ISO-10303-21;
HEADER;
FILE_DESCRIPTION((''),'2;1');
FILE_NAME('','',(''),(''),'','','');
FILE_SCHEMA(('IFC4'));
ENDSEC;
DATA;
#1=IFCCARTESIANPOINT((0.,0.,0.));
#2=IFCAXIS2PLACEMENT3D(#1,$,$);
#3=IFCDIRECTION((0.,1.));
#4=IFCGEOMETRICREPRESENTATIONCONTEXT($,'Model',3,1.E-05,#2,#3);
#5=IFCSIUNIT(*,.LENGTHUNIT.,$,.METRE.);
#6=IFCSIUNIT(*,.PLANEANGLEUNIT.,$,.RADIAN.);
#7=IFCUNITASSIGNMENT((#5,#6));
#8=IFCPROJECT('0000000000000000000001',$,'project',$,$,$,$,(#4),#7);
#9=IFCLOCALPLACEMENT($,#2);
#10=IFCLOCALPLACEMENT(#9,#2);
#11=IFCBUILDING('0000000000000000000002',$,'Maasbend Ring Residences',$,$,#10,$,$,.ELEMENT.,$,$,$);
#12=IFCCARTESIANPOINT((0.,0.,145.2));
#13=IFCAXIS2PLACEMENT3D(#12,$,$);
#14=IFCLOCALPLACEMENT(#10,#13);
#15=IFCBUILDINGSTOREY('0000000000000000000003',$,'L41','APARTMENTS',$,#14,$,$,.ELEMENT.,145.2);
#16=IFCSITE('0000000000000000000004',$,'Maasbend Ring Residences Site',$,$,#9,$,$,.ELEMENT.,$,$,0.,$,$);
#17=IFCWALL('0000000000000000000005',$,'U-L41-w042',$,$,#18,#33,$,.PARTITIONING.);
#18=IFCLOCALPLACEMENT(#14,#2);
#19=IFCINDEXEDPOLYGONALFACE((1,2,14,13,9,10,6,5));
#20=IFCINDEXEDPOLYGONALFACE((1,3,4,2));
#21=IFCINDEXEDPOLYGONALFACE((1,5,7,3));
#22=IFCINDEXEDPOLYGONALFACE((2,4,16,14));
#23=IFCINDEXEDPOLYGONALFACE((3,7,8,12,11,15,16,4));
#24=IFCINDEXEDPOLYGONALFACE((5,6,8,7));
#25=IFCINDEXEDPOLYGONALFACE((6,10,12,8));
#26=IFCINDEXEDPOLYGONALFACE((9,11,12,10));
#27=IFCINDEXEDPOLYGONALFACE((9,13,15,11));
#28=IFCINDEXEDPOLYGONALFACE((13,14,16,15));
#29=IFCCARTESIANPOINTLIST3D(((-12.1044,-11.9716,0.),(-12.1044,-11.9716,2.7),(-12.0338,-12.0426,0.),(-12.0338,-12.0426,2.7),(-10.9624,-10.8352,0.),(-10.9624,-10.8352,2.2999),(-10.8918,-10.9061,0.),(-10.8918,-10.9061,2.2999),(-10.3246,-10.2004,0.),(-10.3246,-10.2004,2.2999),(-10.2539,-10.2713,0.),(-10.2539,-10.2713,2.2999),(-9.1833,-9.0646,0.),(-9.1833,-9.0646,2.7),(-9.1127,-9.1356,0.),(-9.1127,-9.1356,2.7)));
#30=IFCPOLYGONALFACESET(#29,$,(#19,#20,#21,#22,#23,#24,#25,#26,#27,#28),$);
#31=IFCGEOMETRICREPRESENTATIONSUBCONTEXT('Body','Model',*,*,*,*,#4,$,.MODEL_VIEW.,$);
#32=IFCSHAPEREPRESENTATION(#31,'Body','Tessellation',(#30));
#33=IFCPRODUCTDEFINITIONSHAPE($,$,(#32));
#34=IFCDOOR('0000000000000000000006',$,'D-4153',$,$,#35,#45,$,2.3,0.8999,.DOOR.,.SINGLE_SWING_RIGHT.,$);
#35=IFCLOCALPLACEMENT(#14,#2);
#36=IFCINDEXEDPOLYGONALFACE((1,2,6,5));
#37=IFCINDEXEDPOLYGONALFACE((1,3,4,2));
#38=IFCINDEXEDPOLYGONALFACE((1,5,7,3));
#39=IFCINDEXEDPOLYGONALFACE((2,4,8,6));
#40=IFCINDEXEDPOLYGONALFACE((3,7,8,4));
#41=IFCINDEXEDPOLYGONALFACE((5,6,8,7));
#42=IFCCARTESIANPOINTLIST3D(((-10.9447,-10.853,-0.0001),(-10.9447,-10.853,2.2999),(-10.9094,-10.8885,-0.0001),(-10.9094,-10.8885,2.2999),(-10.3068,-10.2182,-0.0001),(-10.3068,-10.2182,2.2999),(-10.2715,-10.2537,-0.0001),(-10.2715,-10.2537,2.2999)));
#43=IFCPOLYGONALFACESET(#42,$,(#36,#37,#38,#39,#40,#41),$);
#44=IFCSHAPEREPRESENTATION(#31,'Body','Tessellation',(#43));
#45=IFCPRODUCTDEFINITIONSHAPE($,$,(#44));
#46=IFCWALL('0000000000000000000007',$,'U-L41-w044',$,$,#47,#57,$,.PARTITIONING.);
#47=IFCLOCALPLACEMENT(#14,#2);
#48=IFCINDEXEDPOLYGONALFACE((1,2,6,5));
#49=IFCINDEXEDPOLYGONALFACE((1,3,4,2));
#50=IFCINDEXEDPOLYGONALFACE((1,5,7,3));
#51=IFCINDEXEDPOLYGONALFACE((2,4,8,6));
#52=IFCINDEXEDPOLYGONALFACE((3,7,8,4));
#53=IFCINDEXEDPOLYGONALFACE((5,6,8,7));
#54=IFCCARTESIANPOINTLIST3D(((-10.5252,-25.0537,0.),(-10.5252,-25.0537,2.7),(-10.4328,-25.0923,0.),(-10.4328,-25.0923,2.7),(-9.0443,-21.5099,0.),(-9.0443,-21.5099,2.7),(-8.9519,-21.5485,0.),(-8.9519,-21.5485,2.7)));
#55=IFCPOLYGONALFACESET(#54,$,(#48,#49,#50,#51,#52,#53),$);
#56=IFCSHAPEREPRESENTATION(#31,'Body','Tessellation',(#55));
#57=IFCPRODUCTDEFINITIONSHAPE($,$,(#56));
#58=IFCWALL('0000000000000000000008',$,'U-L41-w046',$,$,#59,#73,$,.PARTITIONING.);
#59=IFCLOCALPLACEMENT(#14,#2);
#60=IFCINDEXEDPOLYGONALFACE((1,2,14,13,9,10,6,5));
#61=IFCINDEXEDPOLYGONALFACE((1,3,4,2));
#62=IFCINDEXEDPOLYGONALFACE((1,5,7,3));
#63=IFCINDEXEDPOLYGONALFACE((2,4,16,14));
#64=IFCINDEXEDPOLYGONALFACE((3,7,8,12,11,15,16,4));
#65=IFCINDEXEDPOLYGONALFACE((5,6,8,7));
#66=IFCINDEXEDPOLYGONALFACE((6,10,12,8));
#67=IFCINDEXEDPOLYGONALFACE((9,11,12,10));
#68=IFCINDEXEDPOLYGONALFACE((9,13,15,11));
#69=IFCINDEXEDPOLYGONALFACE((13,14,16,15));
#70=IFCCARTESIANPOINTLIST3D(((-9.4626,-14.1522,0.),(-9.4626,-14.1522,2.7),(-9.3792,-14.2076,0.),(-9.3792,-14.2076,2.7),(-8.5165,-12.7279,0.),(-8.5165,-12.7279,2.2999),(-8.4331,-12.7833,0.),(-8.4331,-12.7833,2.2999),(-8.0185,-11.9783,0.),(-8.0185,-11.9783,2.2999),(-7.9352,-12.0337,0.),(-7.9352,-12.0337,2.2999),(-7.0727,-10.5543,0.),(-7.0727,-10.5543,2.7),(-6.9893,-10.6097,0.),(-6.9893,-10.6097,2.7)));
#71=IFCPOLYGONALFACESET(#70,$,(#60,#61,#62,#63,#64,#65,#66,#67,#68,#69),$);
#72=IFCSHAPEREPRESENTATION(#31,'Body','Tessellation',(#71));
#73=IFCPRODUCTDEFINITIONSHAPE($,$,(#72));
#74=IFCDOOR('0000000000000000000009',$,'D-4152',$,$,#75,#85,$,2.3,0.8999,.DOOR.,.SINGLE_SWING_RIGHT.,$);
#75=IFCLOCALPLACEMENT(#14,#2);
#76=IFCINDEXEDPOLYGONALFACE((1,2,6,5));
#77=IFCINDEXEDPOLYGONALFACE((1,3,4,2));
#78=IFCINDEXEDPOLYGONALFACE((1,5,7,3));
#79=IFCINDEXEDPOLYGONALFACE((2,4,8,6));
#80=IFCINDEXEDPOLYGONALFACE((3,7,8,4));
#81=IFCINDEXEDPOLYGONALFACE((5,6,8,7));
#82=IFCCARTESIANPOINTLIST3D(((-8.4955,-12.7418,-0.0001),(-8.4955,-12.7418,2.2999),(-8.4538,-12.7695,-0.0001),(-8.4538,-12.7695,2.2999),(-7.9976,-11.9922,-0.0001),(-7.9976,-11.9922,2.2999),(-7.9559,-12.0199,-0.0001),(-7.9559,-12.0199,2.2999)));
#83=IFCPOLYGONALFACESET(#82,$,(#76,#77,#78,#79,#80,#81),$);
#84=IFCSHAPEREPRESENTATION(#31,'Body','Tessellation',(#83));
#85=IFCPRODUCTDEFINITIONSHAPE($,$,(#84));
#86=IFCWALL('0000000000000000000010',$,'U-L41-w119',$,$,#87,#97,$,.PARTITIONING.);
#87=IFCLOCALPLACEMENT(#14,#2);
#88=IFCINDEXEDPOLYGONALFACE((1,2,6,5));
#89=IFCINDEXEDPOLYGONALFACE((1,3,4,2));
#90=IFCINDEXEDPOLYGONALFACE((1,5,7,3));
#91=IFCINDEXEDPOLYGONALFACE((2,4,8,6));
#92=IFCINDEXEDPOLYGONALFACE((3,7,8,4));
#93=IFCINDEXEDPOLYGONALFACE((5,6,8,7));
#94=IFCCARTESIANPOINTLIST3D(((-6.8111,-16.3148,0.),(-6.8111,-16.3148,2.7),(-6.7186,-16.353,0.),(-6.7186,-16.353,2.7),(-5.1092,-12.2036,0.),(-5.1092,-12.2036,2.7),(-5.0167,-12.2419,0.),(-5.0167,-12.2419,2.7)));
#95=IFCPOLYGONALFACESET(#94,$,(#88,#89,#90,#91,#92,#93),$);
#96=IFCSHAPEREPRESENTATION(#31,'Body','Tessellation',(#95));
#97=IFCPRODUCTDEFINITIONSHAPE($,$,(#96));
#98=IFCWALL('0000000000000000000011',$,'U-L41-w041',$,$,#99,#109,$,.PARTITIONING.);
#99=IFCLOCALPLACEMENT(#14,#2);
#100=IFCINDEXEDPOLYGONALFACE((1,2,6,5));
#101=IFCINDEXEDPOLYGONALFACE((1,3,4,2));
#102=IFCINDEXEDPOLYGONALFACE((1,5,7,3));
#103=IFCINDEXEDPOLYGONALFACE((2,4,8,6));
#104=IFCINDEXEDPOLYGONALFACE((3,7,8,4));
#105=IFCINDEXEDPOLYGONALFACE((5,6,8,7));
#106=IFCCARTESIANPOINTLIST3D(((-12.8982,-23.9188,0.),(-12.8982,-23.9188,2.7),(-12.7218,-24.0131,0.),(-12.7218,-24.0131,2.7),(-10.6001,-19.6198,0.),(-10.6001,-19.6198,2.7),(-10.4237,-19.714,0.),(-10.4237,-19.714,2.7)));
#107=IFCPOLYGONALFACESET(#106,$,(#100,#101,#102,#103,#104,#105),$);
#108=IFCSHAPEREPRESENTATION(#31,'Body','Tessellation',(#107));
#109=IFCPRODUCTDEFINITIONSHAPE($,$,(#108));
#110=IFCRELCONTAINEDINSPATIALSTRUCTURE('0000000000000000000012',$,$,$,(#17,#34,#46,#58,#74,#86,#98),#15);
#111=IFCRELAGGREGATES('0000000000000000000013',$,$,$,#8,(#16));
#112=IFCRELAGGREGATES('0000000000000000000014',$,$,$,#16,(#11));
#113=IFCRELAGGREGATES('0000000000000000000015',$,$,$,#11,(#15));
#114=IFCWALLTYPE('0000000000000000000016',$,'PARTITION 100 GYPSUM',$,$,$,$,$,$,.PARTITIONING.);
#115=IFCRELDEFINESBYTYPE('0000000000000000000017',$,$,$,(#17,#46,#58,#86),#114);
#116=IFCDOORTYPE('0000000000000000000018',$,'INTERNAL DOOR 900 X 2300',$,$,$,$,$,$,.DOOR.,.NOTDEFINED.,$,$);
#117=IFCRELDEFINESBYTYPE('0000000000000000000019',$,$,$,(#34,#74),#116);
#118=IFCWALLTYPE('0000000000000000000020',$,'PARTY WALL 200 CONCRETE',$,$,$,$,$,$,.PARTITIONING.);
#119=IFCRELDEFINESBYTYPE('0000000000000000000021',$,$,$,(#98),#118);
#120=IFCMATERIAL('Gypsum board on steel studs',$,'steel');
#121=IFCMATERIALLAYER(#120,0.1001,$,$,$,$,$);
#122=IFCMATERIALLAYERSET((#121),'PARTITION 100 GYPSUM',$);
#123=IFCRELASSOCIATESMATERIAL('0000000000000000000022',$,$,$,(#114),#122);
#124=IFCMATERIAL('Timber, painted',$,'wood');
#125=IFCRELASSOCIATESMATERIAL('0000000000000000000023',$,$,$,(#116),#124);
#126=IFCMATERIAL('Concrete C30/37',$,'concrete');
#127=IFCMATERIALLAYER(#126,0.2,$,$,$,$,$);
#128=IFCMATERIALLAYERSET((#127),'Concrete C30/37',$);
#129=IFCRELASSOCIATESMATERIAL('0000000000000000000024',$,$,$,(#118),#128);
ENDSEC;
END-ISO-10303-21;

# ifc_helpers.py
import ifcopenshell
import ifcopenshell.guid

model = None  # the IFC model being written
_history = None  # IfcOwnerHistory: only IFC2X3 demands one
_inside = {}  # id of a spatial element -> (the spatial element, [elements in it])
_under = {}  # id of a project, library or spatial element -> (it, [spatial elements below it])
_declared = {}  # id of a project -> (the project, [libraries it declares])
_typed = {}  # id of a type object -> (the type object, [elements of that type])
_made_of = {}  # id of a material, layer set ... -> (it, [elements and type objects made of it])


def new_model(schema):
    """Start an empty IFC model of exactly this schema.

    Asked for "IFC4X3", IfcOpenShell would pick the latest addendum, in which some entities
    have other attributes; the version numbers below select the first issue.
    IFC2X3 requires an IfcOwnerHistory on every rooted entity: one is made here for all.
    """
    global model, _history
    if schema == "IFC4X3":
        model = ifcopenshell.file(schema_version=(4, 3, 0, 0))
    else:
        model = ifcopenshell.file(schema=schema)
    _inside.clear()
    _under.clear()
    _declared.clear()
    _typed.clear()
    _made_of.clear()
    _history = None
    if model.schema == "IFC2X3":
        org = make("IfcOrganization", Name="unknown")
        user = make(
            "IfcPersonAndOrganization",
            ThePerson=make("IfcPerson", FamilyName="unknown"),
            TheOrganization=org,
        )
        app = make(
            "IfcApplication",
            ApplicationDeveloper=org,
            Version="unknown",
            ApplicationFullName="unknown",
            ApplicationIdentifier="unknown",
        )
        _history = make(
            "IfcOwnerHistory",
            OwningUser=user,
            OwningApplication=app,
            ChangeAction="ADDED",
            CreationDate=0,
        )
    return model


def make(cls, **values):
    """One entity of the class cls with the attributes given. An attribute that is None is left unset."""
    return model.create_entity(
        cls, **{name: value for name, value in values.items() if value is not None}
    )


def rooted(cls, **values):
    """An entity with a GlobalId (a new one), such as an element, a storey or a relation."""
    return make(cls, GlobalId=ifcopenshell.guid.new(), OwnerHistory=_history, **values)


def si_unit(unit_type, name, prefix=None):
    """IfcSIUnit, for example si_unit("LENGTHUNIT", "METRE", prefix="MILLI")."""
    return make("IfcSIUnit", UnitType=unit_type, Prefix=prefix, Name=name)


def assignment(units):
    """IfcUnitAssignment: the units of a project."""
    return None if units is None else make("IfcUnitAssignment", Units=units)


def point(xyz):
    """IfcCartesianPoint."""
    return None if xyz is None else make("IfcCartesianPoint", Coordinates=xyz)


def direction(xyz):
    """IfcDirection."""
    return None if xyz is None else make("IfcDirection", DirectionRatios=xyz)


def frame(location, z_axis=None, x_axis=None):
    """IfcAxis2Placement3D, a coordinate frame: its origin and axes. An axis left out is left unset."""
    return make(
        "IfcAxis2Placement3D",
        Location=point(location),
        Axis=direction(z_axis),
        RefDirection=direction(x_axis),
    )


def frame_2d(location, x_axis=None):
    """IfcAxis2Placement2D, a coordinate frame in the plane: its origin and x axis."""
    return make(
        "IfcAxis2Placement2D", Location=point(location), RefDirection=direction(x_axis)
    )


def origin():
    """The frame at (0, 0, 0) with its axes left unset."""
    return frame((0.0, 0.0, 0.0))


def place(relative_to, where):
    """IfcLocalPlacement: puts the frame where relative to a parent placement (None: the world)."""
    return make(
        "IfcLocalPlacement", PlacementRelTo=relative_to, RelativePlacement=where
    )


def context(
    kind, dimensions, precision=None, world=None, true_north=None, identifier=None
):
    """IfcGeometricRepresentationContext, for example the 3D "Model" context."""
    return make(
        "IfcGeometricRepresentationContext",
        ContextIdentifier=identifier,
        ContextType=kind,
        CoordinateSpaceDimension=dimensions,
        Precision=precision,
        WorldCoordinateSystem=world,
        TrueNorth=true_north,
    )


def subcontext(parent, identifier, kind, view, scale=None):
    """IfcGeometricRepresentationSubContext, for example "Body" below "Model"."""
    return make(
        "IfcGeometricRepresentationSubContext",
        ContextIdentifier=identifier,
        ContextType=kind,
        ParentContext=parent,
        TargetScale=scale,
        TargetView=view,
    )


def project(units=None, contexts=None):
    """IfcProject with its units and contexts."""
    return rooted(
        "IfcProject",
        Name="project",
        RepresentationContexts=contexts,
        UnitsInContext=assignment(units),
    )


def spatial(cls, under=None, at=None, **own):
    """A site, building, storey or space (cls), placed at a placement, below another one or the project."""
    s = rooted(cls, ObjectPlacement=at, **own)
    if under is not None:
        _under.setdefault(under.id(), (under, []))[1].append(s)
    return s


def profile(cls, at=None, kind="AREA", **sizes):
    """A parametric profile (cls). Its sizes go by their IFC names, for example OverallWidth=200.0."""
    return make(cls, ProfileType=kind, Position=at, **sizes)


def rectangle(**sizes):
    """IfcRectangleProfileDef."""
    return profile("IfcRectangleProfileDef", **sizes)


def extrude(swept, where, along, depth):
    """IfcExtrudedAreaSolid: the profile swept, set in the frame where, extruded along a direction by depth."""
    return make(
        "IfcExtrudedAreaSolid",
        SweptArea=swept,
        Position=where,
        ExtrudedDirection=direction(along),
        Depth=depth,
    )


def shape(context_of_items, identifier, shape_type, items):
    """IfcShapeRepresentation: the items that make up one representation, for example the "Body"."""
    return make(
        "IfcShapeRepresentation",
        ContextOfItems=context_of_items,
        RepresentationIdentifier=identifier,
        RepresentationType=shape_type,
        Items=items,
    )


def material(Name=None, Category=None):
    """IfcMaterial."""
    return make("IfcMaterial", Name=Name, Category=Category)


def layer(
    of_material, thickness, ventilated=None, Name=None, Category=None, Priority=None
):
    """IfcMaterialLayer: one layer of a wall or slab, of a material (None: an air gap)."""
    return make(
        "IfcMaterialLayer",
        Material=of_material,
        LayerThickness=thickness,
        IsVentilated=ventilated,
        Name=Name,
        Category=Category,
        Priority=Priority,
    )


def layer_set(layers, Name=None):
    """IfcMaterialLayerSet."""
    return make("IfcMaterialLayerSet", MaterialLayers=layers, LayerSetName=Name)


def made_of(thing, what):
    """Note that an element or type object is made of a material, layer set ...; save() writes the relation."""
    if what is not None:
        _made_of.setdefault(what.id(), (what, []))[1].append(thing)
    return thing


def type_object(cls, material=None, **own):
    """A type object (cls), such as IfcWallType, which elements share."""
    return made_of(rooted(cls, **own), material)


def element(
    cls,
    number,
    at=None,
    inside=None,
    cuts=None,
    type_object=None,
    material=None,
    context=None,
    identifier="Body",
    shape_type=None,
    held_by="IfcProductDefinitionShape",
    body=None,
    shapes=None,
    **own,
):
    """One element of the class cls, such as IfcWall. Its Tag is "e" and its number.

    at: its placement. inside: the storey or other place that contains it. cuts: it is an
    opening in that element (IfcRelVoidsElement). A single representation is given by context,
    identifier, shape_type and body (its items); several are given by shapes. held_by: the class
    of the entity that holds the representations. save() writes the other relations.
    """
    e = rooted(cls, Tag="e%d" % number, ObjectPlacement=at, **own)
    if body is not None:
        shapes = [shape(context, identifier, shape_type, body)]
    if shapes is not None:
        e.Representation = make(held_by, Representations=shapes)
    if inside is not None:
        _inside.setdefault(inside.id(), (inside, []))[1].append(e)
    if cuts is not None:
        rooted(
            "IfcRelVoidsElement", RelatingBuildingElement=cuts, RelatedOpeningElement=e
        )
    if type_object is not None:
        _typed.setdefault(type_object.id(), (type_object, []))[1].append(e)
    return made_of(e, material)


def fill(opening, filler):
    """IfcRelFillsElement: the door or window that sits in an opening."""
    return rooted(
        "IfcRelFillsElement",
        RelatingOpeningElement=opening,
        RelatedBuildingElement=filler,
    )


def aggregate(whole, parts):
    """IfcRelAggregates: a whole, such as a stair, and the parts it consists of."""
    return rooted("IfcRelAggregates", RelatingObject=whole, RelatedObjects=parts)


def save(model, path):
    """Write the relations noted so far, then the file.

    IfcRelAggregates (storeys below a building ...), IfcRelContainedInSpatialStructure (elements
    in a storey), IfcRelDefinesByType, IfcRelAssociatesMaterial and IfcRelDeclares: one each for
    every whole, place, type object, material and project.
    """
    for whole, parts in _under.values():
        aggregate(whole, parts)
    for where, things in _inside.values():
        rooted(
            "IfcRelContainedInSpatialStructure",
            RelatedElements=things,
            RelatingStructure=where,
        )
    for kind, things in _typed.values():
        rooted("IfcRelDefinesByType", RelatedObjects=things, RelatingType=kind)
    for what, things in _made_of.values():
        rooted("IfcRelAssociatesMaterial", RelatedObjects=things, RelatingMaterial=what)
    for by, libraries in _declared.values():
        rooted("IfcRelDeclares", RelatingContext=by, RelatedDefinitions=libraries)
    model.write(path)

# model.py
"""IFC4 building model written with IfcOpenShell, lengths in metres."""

from ifc_helpers import new_model, si_unit, direction, frame, frame_2d, origin, place, context, subcontext, project, spatial, rectangle, extrude, material, layer, layer_set, type_object, element, fill, save


model = new_model("IFC4")

# Units and contexts
model_context = context("Model", 3, precision=1e-05, world=origin(), true_north=direction((0.0, 1.0)))
body_context = subcontext(model_context, "Body", "Model", "MODEL_VIEW")
ifc_project = project(units=[si_unit("LENGTHUNIT", "METRE"), si_unit("PLANEANGLEUNIT", "RADIAN")], contexts=[model_context])

# Site, building, storey
site_placement = place(None, origin())
site = spatial("IfcSite", under=ifc_project, at=site_placement, Name="Maasbend Ring Residences Site", CompositionType="ELEMENT", RefElevation=0.0)
building_placement = place(site_placement, origin())
building = spatial("IfcBuilding", under=site, at=building_placement, Name="Maasbend Ring Residences", CompositionType="ELEMENT")
storey_placement = place(building_placement, frame((0.0, 0.0, 145.2)))
storey = spatial("IfcBuildingStorey", under=building, at=storey_placement, Name="L41", Description="APARTMENTS", CompositionType="ELEMENT", Elevation=145.2)

# Shared definitions
ifc_material_1 = material(Name="Gypsum board on steel studs", Category="steel")
ifc_layer_1 = layer(ifc_material_1, 0.1001)
ifc_layer_set_1 = layer_set([ifc_layer_1], Name="PARTITION 100 GYPSUM")
wall_type_1 = type_object("IfcWallType", Name="PARTITION 100 GYPSUM", PredefinedType="PARTITIONING", material=ifc_layer_set_1)
ifc_material_2 = material(Name="Timber, painted", Category="wood")
door_type_1 = type_object("IfcDoorType", Name="INTERNAL DOOR 900 X 2300", OperationType="NOTDEFINED", PredefinedType="DOOR", material=ifc_material_2)

# Wall, opening, door
wall_1_placement = place(storey_placement, frame((-12.0691, -12.0071, 0.0), z_axis=(0.0, 0.0, 1.0), x_axis=(0.708823, 0.705387, 0.0)))
wall_1 = element("IfcWall", 1, at=wall_1_placement, inside=storey, type_object=wall_type_1, Name="U-L41-w042", PredefinedType="PARTITIONING", context=body_context, shape_type="SweptSolid", body=[
    extrude(rectangle(XDim=4.1211, YDim=0.1001, at=frame_2d((2.0605, 0.0))), origin(), (0.0, 0.0, 1.0), 2.7),
])
opening_1_placement = place(wall_1_placement, frame((1.6111, 0.0, 0.0)))
opening_1 = element("IfcOpeningElement", 2, at=opening_1_placement, cuts=wall_1, PredefinedType="OPENING", context=body_context, shape_type="SweptSolid", body=[
    extrude(rectangle(XDim=0.8999, YDim=2.3, at=frame_2d((0.45, 1.1499))), frame((0.0, 0.0601, 0.0), z_axis=(0.0, -1.0, 0.0), x_axis=(1.0, 0.0, 0.0)), (0.0, 0.0, 1.0), 0.1201),
])
door_1_placement = place(opening_1_placement, origin())
door_1 = element("IfcDoor", 3, at=door_1_placement, inside=storey, type_object=door_type_1, Name="D-4153", OperationType="SINGLE_SWING_RIGHT", OverallHeight=2.3, OverallWidth=0.8999, PredefinedType="DOOR", context=body_context, shape_type="SweptSolid", body=[
    extrude(rectangle(XDim=0.8999, YDim=2.3, at=frame_2d((0.45, 1.1499))), frame((0.0, 0.0249, 0.0), z_axis=(0.0, -1.0, 0.0), x_axis=(1.0, 0.0, 0.0)), (0.0, 0.0, 1.0), 0.05),
])
fill(opening_1, door_1)

# Wall
wall_2_placement = place(storey_placement, frame((-10.479, -25.073, 0.0), z_axis=(0.0, 0.0, 1.0), x_axis=(0.385572, 0.922678, 0.0)))
element("IfcWall", 4, at=wall_2_placement, inside=storey, type_object=wall_type_1, Name="U-L41-w044", PredefinedType="PARTITIONING", context=body_context, shape_type="SweptSolid", body=[
    extrude(rectangle(XDim=3.8408, YDim=0.1001, at=frame_2d((1.9204, 0.0))), origin(), (0.0, 0.0, 1.0), 2.7),
])

# Wall, opening, door
wall_3_placement = place(storey_placement, frame((-9.4209, -14.1799, 0.0), z_axis=(0.0, 0.0, 1.0), x_axis=(0.553304, 0.83298, 0.0)))
wall_3 = element("IfcWall", 5, at=wall_3_placement, inside=storey, type_object=wall_type_1, Name="U-L41-w046", PredefinedType="PARTITIONING", context=body_context, shape_type="SweptSolid", body=[
    extrude(rectangle(XDim=4.3193, YDim=0.1001, at=frame_2d((2.1597, 0.0))), origin(), (0.0, 0.0, 1.0), 2.7),
])
opening_2_placement = place(wall_3_placement, frame((1.71, 0.0, 0.0)))
opening_2 = element("IfcOpeningElement", 6, at=opening_2_placement, cuts=wall_3, PredefinedType="OPENING", context=body_context, shape_type="SweptSolid", body=[
    extrude(rectangle(XDim=0.8999, YDim=2.3, at=frame_2d((0.45, 1.1499))), frame((0.0, 0.0601, 0.0), z_axis=(0.0, -1.0, 0.0), x_axis=(1.0, 0.0, 0.0)), (0.0, 0.0, 1.0), 0.1201),
])
door_2_placement = place(opening_2_placement, origin())
door_2 = element("IfcDoor", 7, at=door_2_placement, inside=storey, type_object=door_type_1, Name="D-4152", OperationType="SINGLE_SWING_RIGHT", OverallHeight=2.3, OverallWidth=0.8999, PredefinedType="DOOR", context=body_context, shape_type="SweptSolid", body=[
    extrude(rectangle(XDim=0.8999, YDim=2.3, at=frame_2d((0.45, 1.1499))), frame((0.0, 0.0249, 0.0), z_axis=(0.0, -1.0, 0.0), x_axis=(1.0, 0.0, 0.0)), (0.0, 0.0, 1.0), 0.05),
])
fill(opening_2, door_2)

# Walls
wall_4_placement = place(storey_placement, frame((-5.063, -12.2229, 0.0), z_axis=(0.0, 0.0, 1.0), x_axis=(-0.382499, -0.923956, 0.0)))
element("IfcWall", 8, at=wall_4_placement, inside=storey, type_object=wall_type_1, Name="U-L41-w119", PredefinedType="PARTITIONING", context=body_context, shape_type="SweptSolid", body=[
    extrude(rectangle(XDim=4.4495, YDim=0.1001, at=frame_2d((2.2246, 0.0))), origin(), (0.0, 0.0, 1.0), 2.7),
])
ifc_material_3 = material(Name="Concrete C30/37", Category="concrete")
ifc_layer_2 = layer(ifc_material_3, 0.2)
ifc_layer_set_2 = layer_set([ifc_layer_2], Name="Concrete C30/37")
wall_type_2 = type_object("IfcWallType", Name="PARTY WALL 200 CONCRETE", PredefinedType="PARTITIONING", material=ifc_layer_set_2)
wall_5_placement = place(storey_placement, frame((-12.8101, -23.9661, 0.0), z_axis=(0.0, 0.0, 1.0), x_axis=(0.471428, 0.881905, 0.0)))
element("IfcWall", 9, at=wall_5_placement, inside=storey, type_object=wall_type_2, Name="U-L41-w041", PredefinedType="PARTITIONING", context=body_context, shape_type="SweptSolid", body=[
    extrude(rectangle(XDim=4.8748, YDim=0.2, at=frame_2d((2.4375, 0.0))), origin(), (0.0, 0.0, 1.0), 2.7),
])

save(model, "model.ifc")
